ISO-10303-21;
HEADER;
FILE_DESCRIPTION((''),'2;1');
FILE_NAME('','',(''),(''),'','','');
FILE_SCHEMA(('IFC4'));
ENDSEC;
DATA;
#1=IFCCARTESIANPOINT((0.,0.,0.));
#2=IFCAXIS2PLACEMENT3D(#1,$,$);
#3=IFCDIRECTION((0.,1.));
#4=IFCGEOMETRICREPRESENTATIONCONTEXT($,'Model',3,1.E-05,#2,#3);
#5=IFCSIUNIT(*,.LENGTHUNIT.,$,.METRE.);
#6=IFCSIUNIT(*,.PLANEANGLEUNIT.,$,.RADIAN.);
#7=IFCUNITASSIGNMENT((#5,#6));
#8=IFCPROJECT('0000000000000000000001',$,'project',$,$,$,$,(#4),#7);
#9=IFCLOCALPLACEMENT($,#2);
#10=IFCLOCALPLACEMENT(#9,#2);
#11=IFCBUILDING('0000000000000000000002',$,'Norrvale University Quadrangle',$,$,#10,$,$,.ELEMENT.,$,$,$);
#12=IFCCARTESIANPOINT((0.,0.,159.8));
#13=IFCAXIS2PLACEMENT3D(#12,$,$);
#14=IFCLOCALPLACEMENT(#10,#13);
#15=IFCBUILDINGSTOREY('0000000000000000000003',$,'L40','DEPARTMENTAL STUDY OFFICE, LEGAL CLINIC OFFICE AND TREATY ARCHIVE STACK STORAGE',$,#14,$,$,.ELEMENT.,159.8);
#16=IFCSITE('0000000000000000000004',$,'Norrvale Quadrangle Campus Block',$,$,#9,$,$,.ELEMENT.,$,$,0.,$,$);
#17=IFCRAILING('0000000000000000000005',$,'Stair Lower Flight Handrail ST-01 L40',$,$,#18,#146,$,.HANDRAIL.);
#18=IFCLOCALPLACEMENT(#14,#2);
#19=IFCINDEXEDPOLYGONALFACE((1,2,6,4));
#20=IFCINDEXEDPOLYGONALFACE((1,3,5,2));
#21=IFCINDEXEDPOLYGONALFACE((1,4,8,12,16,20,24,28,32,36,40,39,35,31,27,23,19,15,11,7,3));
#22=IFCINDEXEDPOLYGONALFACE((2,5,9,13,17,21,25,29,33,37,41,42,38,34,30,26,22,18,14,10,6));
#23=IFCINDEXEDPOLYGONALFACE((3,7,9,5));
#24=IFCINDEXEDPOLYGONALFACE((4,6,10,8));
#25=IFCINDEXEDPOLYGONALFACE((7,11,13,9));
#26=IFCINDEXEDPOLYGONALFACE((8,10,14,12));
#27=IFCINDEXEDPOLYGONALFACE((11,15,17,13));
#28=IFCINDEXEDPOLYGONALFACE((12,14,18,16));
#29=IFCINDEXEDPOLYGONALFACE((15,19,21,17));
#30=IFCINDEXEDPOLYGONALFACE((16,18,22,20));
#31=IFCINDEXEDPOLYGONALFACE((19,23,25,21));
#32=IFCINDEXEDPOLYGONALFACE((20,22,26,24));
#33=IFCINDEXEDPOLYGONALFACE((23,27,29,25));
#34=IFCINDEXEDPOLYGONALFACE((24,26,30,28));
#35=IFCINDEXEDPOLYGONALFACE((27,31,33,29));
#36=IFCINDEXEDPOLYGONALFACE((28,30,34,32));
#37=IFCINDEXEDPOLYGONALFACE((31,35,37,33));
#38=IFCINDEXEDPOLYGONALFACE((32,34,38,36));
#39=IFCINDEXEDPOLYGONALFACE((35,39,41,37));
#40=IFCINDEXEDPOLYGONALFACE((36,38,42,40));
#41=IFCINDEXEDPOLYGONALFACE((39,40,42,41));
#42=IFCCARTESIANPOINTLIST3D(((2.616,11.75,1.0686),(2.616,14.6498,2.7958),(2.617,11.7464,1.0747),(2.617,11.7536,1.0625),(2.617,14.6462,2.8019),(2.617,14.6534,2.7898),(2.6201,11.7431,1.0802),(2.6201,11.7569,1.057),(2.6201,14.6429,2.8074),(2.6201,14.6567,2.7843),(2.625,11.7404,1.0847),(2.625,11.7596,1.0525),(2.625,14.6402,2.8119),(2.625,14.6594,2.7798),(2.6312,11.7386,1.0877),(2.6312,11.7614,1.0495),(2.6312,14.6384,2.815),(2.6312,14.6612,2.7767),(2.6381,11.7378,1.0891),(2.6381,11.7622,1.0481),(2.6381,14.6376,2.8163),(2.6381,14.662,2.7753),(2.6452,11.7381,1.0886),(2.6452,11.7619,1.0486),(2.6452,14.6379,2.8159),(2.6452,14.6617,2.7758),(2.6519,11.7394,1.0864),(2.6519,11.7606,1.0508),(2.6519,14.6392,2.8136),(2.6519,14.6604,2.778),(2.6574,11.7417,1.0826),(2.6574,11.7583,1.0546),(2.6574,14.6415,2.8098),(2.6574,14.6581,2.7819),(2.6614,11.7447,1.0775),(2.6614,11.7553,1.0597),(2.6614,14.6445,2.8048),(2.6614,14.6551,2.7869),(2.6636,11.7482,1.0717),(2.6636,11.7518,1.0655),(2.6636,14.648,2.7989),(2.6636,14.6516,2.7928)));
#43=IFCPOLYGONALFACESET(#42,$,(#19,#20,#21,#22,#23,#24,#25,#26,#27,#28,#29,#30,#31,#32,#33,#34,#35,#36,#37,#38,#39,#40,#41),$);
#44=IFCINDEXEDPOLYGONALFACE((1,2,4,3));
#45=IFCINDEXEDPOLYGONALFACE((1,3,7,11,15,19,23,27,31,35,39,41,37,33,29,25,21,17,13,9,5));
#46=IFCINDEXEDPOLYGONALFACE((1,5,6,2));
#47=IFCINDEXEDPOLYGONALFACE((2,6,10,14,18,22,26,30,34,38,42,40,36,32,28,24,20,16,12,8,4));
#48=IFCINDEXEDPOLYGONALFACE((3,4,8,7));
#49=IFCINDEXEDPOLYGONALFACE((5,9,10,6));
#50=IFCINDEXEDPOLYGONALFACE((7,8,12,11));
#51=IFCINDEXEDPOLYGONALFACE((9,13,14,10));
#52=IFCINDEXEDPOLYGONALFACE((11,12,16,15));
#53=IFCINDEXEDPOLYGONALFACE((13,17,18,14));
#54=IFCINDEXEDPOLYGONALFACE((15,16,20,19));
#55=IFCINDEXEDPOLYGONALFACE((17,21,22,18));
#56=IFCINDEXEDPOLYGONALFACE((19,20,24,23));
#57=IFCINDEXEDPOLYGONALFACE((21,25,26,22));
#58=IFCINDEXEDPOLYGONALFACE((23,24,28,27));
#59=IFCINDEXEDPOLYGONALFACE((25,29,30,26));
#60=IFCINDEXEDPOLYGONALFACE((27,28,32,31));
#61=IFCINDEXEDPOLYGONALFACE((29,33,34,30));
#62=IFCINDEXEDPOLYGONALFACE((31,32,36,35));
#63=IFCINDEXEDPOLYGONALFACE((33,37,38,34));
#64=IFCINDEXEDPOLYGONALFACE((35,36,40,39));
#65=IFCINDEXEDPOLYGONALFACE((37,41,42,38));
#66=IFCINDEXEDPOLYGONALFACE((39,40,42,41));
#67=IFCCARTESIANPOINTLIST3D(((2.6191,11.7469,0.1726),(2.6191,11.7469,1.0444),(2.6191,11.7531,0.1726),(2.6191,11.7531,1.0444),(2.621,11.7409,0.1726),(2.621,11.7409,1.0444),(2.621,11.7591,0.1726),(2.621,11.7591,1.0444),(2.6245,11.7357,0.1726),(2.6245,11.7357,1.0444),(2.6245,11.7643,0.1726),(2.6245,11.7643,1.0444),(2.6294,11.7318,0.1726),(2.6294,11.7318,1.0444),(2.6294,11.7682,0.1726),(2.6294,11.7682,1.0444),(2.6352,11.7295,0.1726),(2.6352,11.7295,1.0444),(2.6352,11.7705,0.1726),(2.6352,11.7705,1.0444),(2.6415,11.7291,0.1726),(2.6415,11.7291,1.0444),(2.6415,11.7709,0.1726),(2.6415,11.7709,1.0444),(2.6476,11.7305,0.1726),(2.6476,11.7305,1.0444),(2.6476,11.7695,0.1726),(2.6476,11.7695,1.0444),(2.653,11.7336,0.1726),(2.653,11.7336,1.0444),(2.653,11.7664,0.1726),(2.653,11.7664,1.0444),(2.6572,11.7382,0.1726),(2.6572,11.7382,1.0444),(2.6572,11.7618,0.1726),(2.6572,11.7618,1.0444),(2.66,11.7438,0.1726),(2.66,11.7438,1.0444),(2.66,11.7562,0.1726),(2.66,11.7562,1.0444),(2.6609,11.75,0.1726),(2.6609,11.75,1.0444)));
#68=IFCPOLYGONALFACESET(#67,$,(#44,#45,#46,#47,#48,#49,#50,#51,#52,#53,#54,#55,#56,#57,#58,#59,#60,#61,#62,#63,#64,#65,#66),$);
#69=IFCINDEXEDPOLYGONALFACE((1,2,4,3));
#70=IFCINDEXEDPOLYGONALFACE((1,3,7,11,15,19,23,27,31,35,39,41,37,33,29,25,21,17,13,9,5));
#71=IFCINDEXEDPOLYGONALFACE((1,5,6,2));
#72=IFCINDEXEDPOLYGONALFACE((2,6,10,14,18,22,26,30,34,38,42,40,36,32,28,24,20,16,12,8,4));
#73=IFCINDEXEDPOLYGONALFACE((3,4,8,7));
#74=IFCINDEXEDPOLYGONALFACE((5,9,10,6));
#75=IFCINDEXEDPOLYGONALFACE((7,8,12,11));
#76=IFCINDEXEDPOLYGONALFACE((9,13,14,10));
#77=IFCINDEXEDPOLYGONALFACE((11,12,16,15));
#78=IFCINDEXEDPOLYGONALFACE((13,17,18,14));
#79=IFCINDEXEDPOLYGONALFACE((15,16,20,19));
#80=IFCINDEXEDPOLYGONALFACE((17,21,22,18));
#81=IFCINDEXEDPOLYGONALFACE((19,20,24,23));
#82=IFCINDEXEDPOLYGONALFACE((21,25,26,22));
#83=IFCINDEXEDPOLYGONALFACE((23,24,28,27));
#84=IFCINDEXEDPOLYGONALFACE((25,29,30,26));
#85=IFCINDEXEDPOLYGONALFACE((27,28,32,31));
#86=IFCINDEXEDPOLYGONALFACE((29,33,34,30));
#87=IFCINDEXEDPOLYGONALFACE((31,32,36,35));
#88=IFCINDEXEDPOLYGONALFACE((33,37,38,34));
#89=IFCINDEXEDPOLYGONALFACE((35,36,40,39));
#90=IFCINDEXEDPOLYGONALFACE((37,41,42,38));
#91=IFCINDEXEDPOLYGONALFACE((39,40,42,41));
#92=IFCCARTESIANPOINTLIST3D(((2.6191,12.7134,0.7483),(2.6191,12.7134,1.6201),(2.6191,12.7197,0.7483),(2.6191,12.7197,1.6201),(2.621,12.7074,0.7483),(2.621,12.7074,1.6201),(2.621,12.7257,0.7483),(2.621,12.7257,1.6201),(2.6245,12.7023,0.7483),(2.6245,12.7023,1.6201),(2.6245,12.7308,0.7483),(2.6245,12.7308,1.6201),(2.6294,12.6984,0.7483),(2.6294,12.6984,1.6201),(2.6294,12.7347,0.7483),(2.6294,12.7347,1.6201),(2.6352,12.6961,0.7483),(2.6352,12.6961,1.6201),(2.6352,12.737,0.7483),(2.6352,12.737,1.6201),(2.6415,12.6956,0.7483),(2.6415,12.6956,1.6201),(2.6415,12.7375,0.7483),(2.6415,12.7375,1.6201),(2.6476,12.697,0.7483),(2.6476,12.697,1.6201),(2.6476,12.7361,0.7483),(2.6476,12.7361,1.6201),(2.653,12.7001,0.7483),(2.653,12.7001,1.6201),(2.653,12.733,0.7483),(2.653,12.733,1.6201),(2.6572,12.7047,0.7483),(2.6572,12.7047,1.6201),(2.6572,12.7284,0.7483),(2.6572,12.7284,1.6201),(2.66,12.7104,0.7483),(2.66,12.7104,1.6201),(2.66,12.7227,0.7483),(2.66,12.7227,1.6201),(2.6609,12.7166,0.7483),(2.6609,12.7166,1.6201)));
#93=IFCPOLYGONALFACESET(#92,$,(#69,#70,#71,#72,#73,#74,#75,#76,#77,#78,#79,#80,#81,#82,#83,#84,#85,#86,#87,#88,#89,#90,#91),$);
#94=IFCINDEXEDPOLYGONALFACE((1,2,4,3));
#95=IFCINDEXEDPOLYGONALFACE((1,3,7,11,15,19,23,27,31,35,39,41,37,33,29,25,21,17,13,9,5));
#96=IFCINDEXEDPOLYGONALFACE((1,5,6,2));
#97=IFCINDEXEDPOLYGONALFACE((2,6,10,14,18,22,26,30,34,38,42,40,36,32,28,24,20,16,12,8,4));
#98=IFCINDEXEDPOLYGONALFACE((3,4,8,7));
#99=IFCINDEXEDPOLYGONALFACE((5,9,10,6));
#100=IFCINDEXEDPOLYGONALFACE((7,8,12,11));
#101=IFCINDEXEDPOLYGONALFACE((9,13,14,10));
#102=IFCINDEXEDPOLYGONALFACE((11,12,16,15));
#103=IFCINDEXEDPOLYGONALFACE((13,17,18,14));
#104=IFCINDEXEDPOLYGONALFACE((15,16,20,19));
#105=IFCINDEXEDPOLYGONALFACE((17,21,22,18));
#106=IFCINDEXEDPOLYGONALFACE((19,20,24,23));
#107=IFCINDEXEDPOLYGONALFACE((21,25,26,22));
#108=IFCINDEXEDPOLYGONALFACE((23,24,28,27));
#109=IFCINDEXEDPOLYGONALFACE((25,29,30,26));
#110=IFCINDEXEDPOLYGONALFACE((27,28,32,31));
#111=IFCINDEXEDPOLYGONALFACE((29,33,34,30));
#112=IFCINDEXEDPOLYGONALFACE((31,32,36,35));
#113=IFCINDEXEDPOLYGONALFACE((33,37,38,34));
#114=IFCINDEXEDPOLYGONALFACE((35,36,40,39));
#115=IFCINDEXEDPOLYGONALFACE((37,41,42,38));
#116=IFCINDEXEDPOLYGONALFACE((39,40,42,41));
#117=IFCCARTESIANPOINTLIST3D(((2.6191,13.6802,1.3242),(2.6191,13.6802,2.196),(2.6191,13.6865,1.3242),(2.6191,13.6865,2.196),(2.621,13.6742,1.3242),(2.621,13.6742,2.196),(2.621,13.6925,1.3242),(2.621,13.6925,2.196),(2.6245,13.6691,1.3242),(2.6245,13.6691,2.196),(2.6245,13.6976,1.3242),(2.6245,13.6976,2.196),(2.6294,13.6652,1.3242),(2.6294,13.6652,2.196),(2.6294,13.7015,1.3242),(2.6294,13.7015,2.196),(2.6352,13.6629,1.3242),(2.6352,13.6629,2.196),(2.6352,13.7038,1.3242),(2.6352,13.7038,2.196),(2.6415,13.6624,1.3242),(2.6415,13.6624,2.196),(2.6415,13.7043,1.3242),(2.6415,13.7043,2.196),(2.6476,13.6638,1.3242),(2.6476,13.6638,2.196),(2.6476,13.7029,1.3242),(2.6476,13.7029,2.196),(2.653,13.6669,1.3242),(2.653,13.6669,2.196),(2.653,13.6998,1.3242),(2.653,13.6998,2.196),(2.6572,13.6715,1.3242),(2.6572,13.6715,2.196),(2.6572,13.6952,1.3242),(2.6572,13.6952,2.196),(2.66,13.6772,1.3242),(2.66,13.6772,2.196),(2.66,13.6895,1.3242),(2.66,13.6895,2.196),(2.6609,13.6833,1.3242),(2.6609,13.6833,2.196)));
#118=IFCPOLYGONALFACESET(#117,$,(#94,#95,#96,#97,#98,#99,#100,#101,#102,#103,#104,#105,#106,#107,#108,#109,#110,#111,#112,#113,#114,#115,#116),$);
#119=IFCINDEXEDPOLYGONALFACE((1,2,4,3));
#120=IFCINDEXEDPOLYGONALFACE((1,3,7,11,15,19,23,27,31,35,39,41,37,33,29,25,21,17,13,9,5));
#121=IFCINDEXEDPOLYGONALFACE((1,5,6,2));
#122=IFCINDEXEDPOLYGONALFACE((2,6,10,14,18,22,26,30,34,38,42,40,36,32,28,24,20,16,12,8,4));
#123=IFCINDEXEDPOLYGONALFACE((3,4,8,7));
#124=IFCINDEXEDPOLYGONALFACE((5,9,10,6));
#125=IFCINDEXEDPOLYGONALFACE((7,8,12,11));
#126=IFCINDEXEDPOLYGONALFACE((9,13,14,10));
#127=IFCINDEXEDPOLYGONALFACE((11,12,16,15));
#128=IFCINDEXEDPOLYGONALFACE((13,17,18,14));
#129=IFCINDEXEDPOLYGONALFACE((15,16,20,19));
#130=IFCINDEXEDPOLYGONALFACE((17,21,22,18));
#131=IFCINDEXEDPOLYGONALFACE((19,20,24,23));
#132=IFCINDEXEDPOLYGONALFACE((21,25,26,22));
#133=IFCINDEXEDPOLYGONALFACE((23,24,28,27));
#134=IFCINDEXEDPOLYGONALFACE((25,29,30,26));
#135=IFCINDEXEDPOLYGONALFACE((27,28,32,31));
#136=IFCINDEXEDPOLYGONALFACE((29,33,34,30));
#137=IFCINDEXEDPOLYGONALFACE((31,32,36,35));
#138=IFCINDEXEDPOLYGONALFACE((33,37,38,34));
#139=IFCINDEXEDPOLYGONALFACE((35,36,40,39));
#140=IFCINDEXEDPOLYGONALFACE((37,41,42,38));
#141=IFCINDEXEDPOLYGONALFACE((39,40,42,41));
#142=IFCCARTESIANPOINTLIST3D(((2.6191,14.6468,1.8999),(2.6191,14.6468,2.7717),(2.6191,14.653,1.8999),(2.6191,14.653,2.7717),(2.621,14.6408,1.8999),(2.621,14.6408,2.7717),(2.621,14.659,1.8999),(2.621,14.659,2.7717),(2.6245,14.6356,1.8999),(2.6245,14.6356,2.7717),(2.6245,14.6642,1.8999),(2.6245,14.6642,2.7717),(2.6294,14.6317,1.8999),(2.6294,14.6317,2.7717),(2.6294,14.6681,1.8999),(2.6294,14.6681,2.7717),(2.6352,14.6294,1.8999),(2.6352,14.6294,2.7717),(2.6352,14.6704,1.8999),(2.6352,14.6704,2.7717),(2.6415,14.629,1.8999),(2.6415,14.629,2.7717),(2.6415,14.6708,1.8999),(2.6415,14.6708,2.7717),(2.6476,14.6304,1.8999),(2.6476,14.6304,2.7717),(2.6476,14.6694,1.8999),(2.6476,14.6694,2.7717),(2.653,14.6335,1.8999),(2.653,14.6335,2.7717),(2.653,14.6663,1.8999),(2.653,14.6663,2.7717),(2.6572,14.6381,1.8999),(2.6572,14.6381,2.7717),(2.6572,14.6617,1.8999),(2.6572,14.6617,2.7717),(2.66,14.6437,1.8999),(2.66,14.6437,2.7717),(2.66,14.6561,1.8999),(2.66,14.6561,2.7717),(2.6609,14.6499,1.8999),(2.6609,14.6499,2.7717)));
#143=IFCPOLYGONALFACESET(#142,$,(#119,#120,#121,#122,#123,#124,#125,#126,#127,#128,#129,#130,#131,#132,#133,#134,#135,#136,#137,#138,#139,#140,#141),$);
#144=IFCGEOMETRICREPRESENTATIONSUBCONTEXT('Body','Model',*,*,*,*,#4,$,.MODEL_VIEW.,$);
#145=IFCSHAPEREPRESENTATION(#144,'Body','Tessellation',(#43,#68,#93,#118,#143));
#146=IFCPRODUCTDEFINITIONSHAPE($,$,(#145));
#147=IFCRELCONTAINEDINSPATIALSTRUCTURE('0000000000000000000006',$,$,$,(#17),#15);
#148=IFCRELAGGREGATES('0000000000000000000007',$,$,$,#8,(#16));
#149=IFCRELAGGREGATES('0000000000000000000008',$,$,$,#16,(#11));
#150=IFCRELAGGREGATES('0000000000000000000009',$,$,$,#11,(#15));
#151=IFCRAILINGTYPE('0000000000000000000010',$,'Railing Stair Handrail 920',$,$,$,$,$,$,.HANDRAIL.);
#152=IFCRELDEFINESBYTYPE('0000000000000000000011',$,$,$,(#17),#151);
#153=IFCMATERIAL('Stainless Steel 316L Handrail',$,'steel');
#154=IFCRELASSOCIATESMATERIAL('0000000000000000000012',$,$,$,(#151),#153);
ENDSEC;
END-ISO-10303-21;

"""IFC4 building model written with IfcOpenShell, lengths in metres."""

from ifc_helpers import new_model, si_unit, direction, frame, origin, origin_2d, place, context, subcontext, project, spatial, circle, extrude, material, type_object, element, save


model = new_model("IFC4")

# Units and contexts
model_context = context("Model", 3, precision=1e-05, world=origin(), true_north=direction((0.0, 1.0)))
body_context = subcontext(model_context, "Body", "Model", "MODEL_VIEW")
ifc_project = project(units=[si_unit("LENGTHUNIT", "METRE"), si_unit("PLANEANGLEUNIT", "RADIAN")], contexts=[model_context])

# Site, building, storey
site_placement = place(None, origin())
site = spatial("IfcSite", under=ifc_project, at=site_placement, Name="Norrvale Quadrangle Campus Block", CompositionType="ELEMENT", RefElevation=0.0)
building_placement = place(site_placement, origin())
building = spatial("IfcBuilding", under=site, at=building_placement, Name="Norrvale University Quadrangle", CompositionType="ELEMENT")
storey_placement = place(building_placement, frame((0.0, 0.0, 159.8)))
storey = spatial("IfcBuildingStorey", under=building, at=storey_placement, Name="L40", Description="DEPARTMENTAL STUDY OFFICE, LEGAL CLINIC OFFICE AND TREATY ARCHIVE STACK STORAGE", CompositionType="ELEMENT", Elevation=159.8)

# Railing
ifc_material_1 = material(Name="Stainless Steel 316L Handrail", Category="steel")
railing_type_1 = type_object("IfcRailingType", Name="Railing Stair Handrail 920", PredefinedType="HANDRAIL", material=ifc_material_1)
railing_1_placement = place(storey_placement, frame((2.6399, 11.75, 0.1726)))
element("IfcRailing", 1, at=railing_1_placement, inside=storey, type_object=railing_type_1, Name="Stair Lower Flight Handrail ST-01 L40", PredefinedType="HANDRAIL", context=body_context, shape_type="SweptSolid", body=[
    extrude(circle(Radius=0.0239, at=origin_2d()), frame((0.0, 0.0, 0.896), z_axis=(0.0, 0.859141, 0.511738), x_axis=(-1.0, 0.0, 0.0)), (0.0, 0.0, 1.0), 3.3752),
    extrude(circle(Radius=0.021, at=origin_2d()), origin(), (0.0, 0.0, 1.0), 0.8718),
    extrude(circle(Radius=0.021, at=origin_2d()), frame((0.0, 0.9666, 0.5757)), (0.0, 0.0, 1.0), 0.8718),
    extrude(circle(Radius=0.021, at=origin_2d()), frame((0.0, 1.9333, 1.1516)), (0.0, 0.0, 1.0), 0.8718),
    extrude(circle(Radius=0.021, at=origin_2d()), frame((0.0, 2.8999, 1.7273)), (0.0, 0.0, 1.0), 0.8718),
])

save(model, "model.ifc")
